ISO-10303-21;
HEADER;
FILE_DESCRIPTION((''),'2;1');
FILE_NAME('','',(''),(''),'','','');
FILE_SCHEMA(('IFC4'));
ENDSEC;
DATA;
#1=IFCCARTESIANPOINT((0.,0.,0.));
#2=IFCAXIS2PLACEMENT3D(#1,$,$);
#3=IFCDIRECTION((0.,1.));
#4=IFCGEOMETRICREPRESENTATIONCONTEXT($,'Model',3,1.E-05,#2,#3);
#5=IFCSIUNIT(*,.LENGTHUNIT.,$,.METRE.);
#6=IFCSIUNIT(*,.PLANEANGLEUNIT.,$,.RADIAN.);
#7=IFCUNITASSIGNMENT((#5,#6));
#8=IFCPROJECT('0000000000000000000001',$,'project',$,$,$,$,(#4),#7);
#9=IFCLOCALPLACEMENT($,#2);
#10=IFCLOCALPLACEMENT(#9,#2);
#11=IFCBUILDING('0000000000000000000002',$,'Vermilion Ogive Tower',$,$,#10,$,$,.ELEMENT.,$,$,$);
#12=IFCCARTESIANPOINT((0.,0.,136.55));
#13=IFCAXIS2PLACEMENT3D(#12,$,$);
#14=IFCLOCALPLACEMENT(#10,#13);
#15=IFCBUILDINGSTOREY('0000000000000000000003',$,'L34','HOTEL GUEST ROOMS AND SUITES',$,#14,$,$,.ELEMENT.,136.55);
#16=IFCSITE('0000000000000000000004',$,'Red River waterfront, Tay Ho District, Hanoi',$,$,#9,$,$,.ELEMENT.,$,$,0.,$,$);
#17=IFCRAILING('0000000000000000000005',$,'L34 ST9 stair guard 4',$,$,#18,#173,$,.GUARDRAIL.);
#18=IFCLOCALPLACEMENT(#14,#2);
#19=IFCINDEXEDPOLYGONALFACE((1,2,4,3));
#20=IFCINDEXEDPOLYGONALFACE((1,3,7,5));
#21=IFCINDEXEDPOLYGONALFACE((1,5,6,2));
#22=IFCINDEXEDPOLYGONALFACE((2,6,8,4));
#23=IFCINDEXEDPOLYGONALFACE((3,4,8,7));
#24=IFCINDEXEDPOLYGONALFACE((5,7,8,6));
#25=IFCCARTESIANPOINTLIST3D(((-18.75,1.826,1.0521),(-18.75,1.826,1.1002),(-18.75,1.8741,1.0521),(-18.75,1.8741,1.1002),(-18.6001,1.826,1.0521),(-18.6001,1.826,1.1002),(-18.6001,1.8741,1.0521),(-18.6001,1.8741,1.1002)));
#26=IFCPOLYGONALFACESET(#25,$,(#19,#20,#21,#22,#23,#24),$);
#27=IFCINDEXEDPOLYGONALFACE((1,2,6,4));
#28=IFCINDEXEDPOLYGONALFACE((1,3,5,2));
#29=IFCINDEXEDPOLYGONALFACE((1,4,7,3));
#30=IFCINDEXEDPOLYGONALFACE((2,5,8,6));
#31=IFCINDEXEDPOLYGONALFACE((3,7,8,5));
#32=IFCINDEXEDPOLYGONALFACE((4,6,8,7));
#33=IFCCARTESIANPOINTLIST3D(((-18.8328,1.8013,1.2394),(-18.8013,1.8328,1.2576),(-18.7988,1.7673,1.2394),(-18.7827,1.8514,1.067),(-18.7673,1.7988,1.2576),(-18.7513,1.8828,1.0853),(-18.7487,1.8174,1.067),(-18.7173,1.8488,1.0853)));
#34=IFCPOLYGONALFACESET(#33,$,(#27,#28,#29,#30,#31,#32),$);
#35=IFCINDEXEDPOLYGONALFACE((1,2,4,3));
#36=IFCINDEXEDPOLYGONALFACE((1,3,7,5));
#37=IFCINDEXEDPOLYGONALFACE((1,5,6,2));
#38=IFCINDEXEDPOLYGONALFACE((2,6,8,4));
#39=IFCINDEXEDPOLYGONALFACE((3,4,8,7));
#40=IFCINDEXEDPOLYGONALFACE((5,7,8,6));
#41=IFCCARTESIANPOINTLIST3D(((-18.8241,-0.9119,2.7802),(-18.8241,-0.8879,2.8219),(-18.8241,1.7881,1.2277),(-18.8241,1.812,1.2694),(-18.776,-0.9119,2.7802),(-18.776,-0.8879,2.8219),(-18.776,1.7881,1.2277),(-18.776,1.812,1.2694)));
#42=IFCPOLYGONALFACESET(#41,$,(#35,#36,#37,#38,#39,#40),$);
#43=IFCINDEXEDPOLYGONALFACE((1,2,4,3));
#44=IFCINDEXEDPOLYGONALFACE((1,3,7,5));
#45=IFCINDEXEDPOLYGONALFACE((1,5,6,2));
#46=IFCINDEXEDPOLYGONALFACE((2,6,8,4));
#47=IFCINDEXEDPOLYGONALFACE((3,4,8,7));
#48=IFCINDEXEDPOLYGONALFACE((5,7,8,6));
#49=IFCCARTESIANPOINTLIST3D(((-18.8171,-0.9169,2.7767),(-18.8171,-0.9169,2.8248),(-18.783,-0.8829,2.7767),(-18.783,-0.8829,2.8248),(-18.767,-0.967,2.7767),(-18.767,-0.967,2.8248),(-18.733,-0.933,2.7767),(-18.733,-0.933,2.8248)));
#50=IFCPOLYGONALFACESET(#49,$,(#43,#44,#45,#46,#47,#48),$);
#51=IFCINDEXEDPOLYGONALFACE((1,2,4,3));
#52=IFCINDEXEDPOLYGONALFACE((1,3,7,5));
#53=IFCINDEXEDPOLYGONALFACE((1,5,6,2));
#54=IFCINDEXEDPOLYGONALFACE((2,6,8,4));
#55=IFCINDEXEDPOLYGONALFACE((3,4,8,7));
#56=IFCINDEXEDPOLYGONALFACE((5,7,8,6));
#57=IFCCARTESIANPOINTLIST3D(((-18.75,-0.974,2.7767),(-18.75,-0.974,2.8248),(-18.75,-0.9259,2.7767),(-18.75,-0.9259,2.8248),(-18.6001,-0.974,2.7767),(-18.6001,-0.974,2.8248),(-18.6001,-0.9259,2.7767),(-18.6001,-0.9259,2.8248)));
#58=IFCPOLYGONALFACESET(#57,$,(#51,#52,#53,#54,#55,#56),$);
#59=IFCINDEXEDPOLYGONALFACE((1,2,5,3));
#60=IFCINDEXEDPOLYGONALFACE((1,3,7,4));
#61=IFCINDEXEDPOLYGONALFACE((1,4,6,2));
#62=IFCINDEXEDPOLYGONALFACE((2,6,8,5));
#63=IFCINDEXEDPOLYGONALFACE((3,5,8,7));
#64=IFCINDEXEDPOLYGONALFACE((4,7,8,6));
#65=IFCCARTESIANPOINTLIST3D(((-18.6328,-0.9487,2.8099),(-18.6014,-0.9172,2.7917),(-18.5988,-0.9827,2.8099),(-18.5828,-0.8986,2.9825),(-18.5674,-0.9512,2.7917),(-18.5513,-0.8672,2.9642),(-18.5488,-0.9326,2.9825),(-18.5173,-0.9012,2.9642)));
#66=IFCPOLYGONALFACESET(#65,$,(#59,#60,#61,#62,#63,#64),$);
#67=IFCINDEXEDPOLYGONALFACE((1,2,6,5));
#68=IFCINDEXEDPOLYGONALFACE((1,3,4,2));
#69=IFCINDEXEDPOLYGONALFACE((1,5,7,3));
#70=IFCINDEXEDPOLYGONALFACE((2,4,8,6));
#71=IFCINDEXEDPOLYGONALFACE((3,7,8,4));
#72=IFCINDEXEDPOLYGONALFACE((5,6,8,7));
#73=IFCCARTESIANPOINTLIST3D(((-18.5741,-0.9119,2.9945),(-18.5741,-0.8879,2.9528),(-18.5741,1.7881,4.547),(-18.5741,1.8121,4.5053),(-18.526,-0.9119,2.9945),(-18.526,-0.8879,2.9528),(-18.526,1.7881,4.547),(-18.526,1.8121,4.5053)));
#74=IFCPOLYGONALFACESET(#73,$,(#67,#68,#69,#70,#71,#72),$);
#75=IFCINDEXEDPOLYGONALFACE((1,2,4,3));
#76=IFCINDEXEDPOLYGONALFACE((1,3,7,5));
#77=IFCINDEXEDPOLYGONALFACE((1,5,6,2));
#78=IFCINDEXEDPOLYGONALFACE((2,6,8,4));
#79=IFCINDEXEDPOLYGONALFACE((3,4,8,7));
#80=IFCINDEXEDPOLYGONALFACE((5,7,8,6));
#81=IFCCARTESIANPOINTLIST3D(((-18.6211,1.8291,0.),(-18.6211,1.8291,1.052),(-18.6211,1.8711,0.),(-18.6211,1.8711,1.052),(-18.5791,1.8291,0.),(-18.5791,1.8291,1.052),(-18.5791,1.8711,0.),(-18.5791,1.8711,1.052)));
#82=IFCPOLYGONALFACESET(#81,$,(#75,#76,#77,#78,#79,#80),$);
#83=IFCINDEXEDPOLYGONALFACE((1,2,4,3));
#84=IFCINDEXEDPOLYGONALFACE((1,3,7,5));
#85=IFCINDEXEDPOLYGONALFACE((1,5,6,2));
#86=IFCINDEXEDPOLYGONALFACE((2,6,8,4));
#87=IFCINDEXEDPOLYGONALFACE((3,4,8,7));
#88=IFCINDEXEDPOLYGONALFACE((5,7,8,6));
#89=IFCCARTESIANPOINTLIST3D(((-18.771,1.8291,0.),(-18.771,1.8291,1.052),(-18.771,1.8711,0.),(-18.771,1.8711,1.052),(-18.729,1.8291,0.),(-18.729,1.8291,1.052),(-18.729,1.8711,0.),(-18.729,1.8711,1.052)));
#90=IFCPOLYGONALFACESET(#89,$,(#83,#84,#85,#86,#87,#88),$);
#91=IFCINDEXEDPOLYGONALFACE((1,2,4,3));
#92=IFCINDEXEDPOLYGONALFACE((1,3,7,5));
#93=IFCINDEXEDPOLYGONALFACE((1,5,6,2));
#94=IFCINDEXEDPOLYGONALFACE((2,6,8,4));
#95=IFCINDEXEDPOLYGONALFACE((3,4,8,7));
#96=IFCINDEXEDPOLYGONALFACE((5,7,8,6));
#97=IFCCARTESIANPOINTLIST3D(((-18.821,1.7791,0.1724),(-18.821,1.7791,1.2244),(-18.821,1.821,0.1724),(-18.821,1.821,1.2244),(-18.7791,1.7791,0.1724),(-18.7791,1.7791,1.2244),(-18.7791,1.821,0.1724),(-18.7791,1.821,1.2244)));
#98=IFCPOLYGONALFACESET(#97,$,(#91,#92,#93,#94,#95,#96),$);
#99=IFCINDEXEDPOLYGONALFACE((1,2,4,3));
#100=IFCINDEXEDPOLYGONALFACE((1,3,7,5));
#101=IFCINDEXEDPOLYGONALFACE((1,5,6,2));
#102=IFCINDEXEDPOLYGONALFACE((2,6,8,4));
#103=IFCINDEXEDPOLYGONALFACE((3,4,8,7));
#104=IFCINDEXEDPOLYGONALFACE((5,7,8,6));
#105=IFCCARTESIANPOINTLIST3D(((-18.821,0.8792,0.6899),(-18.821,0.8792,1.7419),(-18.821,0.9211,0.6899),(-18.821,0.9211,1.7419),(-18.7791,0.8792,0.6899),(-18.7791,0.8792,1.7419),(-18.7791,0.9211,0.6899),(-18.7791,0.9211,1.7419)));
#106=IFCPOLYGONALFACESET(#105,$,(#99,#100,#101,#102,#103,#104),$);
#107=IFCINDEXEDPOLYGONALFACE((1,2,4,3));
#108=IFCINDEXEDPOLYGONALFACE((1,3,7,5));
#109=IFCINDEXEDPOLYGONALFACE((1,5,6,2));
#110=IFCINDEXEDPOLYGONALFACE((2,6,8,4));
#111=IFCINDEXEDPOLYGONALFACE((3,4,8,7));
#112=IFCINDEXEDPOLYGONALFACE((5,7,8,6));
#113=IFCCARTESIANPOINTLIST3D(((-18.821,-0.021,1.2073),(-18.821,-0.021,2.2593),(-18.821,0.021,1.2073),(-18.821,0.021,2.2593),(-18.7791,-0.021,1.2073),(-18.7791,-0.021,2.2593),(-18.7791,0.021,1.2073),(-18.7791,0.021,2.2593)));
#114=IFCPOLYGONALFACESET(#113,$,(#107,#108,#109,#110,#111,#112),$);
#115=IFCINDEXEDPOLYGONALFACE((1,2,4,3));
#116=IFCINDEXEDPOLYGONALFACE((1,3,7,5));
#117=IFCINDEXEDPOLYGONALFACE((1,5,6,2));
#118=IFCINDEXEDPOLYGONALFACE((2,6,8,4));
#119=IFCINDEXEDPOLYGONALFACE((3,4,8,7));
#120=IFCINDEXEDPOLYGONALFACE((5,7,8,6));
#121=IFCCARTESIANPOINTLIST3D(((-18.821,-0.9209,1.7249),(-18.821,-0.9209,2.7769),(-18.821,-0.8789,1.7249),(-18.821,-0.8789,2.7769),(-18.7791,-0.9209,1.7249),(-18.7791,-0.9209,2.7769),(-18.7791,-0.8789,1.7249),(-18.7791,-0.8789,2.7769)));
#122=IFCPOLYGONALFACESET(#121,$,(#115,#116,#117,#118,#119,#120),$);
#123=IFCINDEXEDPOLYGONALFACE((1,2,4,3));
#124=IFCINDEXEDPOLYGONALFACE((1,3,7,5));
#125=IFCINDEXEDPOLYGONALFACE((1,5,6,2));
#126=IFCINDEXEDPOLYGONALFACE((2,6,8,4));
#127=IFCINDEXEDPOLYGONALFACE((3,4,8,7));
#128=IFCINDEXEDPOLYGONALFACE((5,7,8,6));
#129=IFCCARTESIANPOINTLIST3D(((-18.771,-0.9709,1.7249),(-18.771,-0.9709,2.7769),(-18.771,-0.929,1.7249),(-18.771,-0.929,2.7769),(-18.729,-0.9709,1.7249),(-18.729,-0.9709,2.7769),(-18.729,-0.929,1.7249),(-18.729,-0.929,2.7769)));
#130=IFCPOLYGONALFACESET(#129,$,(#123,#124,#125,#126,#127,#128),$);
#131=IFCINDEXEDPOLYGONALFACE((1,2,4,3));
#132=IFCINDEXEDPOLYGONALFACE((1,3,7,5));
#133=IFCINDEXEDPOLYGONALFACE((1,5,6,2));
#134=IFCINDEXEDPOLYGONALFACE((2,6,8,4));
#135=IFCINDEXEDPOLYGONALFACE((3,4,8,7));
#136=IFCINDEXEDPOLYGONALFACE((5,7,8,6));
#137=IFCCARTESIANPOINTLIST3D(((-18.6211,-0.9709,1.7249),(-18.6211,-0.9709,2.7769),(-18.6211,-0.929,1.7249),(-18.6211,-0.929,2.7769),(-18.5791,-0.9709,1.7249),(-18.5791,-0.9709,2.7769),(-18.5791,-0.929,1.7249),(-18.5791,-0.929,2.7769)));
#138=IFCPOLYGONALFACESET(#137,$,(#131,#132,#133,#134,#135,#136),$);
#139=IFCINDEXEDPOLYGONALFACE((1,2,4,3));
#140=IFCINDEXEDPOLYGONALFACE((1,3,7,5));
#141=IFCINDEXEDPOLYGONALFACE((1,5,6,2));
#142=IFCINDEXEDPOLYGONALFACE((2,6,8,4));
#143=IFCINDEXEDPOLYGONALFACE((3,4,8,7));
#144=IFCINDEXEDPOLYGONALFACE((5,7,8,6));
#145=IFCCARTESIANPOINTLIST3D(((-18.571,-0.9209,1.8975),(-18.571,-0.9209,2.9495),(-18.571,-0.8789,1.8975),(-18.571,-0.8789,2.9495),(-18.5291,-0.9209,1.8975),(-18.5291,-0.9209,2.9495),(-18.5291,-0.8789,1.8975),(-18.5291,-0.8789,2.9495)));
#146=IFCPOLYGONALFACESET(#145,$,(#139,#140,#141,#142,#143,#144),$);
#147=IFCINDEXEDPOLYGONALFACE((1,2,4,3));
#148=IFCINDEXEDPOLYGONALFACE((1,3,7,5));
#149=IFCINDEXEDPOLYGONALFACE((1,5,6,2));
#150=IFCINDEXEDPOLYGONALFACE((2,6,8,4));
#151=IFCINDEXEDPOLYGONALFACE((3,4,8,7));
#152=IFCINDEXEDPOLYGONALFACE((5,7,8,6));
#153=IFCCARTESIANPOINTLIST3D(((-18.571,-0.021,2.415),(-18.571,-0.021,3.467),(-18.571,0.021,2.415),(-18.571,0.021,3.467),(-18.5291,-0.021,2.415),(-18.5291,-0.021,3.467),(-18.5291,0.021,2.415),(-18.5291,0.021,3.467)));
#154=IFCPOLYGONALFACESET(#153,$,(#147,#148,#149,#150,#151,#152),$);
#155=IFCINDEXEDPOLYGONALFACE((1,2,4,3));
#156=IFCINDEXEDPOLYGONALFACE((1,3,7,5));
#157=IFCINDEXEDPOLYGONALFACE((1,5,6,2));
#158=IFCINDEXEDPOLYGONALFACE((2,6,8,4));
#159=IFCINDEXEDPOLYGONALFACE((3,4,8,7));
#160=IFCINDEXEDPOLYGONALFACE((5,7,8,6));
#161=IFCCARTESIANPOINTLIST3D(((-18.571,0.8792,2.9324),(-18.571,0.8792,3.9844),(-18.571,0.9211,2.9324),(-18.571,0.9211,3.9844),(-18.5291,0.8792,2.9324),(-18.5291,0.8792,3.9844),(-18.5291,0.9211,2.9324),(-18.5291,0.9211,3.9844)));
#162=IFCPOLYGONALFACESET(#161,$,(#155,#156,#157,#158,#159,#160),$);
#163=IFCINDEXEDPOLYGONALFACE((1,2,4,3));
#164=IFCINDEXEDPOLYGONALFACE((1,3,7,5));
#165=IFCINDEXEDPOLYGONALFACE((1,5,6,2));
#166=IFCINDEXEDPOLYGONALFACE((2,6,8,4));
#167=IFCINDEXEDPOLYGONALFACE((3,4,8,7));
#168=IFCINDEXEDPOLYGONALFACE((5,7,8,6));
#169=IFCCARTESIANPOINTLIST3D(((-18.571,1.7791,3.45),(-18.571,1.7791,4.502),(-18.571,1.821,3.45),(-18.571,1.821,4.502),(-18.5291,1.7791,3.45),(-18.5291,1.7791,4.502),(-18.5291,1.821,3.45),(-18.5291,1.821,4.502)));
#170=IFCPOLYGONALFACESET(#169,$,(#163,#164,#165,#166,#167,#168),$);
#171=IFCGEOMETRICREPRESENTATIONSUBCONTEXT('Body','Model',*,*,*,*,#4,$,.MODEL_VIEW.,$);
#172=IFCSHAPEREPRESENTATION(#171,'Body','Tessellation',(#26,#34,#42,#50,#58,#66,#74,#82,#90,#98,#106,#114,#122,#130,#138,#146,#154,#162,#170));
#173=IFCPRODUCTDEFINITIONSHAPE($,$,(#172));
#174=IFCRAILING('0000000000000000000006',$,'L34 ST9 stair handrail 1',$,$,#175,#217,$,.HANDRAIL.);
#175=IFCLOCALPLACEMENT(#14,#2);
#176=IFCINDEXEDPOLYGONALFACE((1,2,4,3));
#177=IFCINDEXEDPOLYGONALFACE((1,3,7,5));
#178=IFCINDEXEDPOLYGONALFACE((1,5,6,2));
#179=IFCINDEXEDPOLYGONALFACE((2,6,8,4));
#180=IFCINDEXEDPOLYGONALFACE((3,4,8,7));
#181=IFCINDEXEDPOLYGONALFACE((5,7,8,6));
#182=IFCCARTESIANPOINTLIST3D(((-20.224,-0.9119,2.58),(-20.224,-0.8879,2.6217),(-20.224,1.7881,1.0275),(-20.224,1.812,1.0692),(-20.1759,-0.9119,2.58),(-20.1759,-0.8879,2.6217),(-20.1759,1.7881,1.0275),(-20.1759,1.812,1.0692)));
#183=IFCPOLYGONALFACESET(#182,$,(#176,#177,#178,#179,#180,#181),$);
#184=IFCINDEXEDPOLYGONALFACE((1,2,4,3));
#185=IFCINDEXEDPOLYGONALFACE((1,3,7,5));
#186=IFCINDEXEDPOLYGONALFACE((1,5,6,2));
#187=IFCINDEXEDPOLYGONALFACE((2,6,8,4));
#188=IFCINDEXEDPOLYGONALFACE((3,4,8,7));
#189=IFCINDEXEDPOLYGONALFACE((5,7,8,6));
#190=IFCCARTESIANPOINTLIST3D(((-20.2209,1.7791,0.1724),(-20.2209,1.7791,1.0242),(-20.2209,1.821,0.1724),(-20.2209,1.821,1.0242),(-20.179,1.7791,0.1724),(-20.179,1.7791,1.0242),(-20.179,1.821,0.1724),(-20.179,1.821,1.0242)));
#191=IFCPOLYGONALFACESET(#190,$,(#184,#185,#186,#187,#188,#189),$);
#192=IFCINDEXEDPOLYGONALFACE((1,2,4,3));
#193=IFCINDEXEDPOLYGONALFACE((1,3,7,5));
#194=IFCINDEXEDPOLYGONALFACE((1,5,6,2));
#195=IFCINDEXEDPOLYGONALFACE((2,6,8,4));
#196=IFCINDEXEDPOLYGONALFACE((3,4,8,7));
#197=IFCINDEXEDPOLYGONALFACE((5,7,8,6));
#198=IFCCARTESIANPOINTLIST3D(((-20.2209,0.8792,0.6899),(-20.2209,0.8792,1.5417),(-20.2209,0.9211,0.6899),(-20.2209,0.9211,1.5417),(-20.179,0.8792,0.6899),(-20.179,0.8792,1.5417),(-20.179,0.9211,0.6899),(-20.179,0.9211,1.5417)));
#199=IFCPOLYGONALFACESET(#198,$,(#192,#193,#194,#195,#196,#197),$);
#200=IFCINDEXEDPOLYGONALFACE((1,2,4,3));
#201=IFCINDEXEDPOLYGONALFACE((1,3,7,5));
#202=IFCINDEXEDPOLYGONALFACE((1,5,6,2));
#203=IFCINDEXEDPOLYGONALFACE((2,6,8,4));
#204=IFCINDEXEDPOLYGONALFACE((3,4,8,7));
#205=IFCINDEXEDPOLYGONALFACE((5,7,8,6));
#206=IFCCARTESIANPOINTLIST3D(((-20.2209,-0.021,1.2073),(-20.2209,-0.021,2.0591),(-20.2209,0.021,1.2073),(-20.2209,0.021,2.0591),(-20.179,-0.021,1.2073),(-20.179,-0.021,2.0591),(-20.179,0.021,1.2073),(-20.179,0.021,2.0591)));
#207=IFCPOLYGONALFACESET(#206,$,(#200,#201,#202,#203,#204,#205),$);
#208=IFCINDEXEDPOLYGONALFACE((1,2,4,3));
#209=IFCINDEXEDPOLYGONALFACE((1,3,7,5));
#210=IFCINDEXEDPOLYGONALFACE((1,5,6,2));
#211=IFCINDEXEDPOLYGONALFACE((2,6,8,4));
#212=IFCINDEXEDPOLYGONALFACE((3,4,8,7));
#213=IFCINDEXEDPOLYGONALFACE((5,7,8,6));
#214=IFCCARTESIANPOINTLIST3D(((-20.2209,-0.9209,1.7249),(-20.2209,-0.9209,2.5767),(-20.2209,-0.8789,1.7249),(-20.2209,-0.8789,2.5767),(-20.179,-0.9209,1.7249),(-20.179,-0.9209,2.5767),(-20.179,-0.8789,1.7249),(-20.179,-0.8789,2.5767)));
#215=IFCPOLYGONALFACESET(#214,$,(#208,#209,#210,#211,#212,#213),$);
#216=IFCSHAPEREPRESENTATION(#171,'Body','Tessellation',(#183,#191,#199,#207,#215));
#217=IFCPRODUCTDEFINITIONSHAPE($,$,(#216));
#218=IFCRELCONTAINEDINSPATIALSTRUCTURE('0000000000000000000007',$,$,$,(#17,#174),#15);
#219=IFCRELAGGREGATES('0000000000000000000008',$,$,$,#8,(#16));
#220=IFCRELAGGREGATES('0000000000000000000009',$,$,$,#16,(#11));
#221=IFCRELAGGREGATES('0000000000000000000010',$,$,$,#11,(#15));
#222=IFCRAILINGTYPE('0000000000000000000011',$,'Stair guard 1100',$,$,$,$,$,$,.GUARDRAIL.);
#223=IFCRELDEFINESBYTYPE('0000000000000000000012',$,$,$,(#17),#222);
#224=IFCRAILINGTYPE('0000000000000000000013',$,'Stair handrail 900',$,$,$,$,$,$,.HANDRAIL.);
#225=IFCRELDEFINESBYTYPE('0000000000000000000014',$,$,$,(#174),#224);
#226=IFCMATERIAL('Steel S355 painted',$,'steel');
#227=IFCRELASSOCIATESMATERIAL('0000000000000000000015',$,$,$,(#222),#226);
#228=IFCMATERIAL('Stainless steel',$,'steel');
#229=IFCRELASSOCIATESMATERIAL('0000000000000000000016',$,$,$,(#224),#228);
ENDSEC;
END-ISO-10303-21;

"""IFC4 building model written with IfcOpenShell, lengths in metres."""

from ifc_helpers import new_model, si_unit, direction, frame, origin, origin_2d, place, context, subcontext, project, spatial, rectangle, extrude, material, type_object, element, save


model = new_model("IFC4")

# Units and contexts
model_context = context("Model", 3, precision=1e-05, world=origin(), true_north=direction((0.0, 1.0)))
body_context = subcontext(model_context, "Body", "Model", "MODEL_VIEW")
ifc_project = project(units=[si_unit("LENGTHUNIT", "METRE"), si_unit("PLANEANGLEUNIT", "RADIAN")], contexts=[model_context])

# Site, building, storey
site_placement = place(None, origin())
site = spatial("IfcSite", under=ifc_project, at=site_placement, Name="Red River waterfront, Tay Ho District, Hanoi", CompositionType="ELEMENT", RefElevation=0.0)
building_placement = place(site_placement, origin())
building = spatial("IfcBuilding", under=site, at=building_placement, Name="Vermilion Ogive Tower", CompositionType="ELEMENT")
storey_placement = place(building_placement, frame((0.0, 0.0, 136.55)))
storey = spatial("IfcBuildingStorey", under=building, at=storey_placement, Name="L34", Description="HOTEL GUEST ROOMS AND SUITES", CompositionType="ELEMENT", Elevation=136.55)

# Railings
ifc_material_1 = material(Name="Steel S355 painted", Category="steel")
railing_type_1 = type_object("IfcRailingType", Name="Stair guard 1100", PredefinedType="GUARDRAIL", material=ifc_material_1)
railing_1_placement = place(storey_placement, frame((-18.6001, 1.8501, 0.0)))
element("IfcRailing", 1, at=railing_1_placement, inside=storey, type_object=railing_type_1, Name="L34 ST9 stair guard 4", PredefinedType="GUARDRAIL", context=body_context, shape_type="SweptSolid", body=[
    extrude(rectangle(XDim=0.0481, YDim=0.0481, at=origin_2d()), frame((0.0, 0.0, 1.0762), z_axis=(-1.0, 0.0, 0.0), x_axis=(0.0, -1.0, 0.0)), (0.0, 0.0, 1.0), 0.1499),
    extrude(rectangle(XDim=0.0481, YDim=0.0481, at=origin_2d()), frame((-0.1499, 0.0, 1.0762), z_axis=(-0.268603, -0.268603, 0.925043), x_axis=(0.707107, -0.707107, 0.0)), (0.0, 0.0, 1.0), 0.1863),
    extrude(rectangle(XDim=0.0481, YDim=0.0481, at=origin_2d()), frame((-0.2, -0.05, 1.2485), z_axis=(0.0, -0.866904, 0.498476), x_axis=(1.0, 0.0, 0.0)), (0.0, 0.0, 1.0), 3.1145),
    extrude(rectangle(XDim=0.0481, YDim=0.0481, at=origin_2d()), frame((-0.2, -2.75, 2.8008), z_axis=(0.707107, -0.707107, 0.0), x_axis=(0.707107, 0.707107, 0.0)), (0.0, 0.0, 1.0), 0.0708),
    extrude(rectangle(XDim=0.0481, YDim=0.0481, at=origin_2d()), frame((-0.1499, -2.8, 2.8008), z_axis=(1.0, 0.0, 0.0), x_axis=(0.0, 1.0, 0.0)), (0.0, 0.0, 1.0), 0.1499),
    extrude(rectangle(XDim=0.0481, YDim=0.0481, at=origin_2d()), frame((0.0, -2.8, 2.8008), z_axis=(0.268278, 0.268278, 0.925232), x_axis=(-0.707107, 0.707107, 0.0)), (0.0, 0.0, 1.0), 0.1865),
    extrude(rectangle(XDim=0.0481, YDim=0.0481, at=origin_2d()), frame((0.05, -2.75, 2.9736), z_axis=(0.0, 0.866904, 0.498476), x_axis=(-1.0, 0.0, 0.0)), (0.0, 0.0, 1.0), 3.1145),
    extrude(rectangle(XDim=0.042, YDim=0.042, at=origin_2d()), origin(), (0.0, 0.0, 1.0), 1.052),
    extrude(rectangle(XDim=0.042, YDim=0.042, at=origin_2d()), frame((-0.1499, 0.0, 0.0)), (0.0, 0.0, 1.0), 1.052),
    extrude(rectangle(XDim=0.042, YDim=0.042, at=origin_2d()), frame((-0.2, -0.05, 0.1724)), (0.0, 0.0, 1.0), 1.052),
    extrude(rectangle(XDim=0.042, YDim=0.042, at=origin_2d()), frame((-0.2, -0.95, 0.6899)), (0.0, 0.0, 1.0), 1.052),
    extrude(rectangle(XDim=0.042, YDim=0.042, at=origin_2d()), frame((-0.2, -1.8501, 1.2073)), (0.0, 0.0, 1.0), 1.052),
    extrude(rectangle(XDim=0.042, YDim=0.042, at=origin_2d()), frame((-0.2, -2.75, 1.7249)), (0.0, 0.0, 1.0), 1.052),
    extrude(rectangle(XDim=0.042, YDim=0.042, at=origin_2d()), frame((-0.1499, -2.8, 1.7249)), (0.0, 0.0, 1.0), 1.052),
    extrude(rectangle(XDim=0.042, YDim=0.042, at=origin_2d()), frame((0.0, -2.8, 1.7249)), (0.0, 0.0, 1.0), 1.052),
    extrude(rectangle(XDim=0.042, YDim=0.042, at=origin_2d()), frame((0.05, -2.75, 1.8975)), (0.0, 0.0, 1.0), 1.052),
    extrude(rectangle(XDim=0.042, YDim=0.042, at=origin_2d()), frame((0.05, -1.8501, 2.415)), (0.0, 0.0, 1.0), 1.052),
    extrude(rectangle(XDim=0.042, YDim=0.042, at=origin_2d()), frame((0.05, -0.95, 2.9324)), (0.0, 0.0, 1.0), 1.052),
    extrude(rectangle(XDim=0.042, YDim=0.042, at=origin_2d()), frame((0.05, -0.05, 3.45)), (0.0, 0.0, 1.0), 1.052),
])
ifc_material_2 = material(Name="Stainless steel", Category="steel")
railing_type_2 = type_object("IfcRailingType", Name="Stair handrail 900", PredefinedType="HANDRAIL", material=ifc_material_2)
railing_2_placement = place(storey_placement, frame((-20.2, 1.8, 0.1724)))
element("IfcRailing", 2, at=railing_2_placement, inside=storey, type_object=railing_type_2, Name="L34 ST9 stair handrail 1", PredefinedType="HANDRAIL", context=body_context, shape_type="SweptSolid", body=[
    extrude(rectangle(XDim=0.0481, YDim=0.0481, at=origin_2d()), frame((0.0, 0.0, 0.876), z_axis=(0.0, -0.866904, 0.498476), x_axis=(1.0, 0.0, 0.0)), (0.0, 0.0, 1.0), 3.1145),
    extrude(rectangle(XDim=0.042, YDim=0.042, at=origin_2d()), origin(), (0.0, 0.0, 1.0), 0.8518),
    extrude(rectangle(XDim=0.042, YDim=0.042, at=origin_2d()), frame((0.0, -0.8999, 0.5176)), (0.0, 0.0, 1.0), 0.8518),
    extrude(rectangle(XDim=0.042, YDim=0.042, at=origin_2d()), frame((0.0, -1.8, 1.0349)), (0.0, 0.0, 1.0), 0.8518),
    extrude(rectangle(XDim=0.042, YDim=0.042, at=origin_2d()), frame((0.0, -2.7, 1.5525)), (0.0, 0.0, 1.0), 0.8518),
])

save(model, "model.ifc")
